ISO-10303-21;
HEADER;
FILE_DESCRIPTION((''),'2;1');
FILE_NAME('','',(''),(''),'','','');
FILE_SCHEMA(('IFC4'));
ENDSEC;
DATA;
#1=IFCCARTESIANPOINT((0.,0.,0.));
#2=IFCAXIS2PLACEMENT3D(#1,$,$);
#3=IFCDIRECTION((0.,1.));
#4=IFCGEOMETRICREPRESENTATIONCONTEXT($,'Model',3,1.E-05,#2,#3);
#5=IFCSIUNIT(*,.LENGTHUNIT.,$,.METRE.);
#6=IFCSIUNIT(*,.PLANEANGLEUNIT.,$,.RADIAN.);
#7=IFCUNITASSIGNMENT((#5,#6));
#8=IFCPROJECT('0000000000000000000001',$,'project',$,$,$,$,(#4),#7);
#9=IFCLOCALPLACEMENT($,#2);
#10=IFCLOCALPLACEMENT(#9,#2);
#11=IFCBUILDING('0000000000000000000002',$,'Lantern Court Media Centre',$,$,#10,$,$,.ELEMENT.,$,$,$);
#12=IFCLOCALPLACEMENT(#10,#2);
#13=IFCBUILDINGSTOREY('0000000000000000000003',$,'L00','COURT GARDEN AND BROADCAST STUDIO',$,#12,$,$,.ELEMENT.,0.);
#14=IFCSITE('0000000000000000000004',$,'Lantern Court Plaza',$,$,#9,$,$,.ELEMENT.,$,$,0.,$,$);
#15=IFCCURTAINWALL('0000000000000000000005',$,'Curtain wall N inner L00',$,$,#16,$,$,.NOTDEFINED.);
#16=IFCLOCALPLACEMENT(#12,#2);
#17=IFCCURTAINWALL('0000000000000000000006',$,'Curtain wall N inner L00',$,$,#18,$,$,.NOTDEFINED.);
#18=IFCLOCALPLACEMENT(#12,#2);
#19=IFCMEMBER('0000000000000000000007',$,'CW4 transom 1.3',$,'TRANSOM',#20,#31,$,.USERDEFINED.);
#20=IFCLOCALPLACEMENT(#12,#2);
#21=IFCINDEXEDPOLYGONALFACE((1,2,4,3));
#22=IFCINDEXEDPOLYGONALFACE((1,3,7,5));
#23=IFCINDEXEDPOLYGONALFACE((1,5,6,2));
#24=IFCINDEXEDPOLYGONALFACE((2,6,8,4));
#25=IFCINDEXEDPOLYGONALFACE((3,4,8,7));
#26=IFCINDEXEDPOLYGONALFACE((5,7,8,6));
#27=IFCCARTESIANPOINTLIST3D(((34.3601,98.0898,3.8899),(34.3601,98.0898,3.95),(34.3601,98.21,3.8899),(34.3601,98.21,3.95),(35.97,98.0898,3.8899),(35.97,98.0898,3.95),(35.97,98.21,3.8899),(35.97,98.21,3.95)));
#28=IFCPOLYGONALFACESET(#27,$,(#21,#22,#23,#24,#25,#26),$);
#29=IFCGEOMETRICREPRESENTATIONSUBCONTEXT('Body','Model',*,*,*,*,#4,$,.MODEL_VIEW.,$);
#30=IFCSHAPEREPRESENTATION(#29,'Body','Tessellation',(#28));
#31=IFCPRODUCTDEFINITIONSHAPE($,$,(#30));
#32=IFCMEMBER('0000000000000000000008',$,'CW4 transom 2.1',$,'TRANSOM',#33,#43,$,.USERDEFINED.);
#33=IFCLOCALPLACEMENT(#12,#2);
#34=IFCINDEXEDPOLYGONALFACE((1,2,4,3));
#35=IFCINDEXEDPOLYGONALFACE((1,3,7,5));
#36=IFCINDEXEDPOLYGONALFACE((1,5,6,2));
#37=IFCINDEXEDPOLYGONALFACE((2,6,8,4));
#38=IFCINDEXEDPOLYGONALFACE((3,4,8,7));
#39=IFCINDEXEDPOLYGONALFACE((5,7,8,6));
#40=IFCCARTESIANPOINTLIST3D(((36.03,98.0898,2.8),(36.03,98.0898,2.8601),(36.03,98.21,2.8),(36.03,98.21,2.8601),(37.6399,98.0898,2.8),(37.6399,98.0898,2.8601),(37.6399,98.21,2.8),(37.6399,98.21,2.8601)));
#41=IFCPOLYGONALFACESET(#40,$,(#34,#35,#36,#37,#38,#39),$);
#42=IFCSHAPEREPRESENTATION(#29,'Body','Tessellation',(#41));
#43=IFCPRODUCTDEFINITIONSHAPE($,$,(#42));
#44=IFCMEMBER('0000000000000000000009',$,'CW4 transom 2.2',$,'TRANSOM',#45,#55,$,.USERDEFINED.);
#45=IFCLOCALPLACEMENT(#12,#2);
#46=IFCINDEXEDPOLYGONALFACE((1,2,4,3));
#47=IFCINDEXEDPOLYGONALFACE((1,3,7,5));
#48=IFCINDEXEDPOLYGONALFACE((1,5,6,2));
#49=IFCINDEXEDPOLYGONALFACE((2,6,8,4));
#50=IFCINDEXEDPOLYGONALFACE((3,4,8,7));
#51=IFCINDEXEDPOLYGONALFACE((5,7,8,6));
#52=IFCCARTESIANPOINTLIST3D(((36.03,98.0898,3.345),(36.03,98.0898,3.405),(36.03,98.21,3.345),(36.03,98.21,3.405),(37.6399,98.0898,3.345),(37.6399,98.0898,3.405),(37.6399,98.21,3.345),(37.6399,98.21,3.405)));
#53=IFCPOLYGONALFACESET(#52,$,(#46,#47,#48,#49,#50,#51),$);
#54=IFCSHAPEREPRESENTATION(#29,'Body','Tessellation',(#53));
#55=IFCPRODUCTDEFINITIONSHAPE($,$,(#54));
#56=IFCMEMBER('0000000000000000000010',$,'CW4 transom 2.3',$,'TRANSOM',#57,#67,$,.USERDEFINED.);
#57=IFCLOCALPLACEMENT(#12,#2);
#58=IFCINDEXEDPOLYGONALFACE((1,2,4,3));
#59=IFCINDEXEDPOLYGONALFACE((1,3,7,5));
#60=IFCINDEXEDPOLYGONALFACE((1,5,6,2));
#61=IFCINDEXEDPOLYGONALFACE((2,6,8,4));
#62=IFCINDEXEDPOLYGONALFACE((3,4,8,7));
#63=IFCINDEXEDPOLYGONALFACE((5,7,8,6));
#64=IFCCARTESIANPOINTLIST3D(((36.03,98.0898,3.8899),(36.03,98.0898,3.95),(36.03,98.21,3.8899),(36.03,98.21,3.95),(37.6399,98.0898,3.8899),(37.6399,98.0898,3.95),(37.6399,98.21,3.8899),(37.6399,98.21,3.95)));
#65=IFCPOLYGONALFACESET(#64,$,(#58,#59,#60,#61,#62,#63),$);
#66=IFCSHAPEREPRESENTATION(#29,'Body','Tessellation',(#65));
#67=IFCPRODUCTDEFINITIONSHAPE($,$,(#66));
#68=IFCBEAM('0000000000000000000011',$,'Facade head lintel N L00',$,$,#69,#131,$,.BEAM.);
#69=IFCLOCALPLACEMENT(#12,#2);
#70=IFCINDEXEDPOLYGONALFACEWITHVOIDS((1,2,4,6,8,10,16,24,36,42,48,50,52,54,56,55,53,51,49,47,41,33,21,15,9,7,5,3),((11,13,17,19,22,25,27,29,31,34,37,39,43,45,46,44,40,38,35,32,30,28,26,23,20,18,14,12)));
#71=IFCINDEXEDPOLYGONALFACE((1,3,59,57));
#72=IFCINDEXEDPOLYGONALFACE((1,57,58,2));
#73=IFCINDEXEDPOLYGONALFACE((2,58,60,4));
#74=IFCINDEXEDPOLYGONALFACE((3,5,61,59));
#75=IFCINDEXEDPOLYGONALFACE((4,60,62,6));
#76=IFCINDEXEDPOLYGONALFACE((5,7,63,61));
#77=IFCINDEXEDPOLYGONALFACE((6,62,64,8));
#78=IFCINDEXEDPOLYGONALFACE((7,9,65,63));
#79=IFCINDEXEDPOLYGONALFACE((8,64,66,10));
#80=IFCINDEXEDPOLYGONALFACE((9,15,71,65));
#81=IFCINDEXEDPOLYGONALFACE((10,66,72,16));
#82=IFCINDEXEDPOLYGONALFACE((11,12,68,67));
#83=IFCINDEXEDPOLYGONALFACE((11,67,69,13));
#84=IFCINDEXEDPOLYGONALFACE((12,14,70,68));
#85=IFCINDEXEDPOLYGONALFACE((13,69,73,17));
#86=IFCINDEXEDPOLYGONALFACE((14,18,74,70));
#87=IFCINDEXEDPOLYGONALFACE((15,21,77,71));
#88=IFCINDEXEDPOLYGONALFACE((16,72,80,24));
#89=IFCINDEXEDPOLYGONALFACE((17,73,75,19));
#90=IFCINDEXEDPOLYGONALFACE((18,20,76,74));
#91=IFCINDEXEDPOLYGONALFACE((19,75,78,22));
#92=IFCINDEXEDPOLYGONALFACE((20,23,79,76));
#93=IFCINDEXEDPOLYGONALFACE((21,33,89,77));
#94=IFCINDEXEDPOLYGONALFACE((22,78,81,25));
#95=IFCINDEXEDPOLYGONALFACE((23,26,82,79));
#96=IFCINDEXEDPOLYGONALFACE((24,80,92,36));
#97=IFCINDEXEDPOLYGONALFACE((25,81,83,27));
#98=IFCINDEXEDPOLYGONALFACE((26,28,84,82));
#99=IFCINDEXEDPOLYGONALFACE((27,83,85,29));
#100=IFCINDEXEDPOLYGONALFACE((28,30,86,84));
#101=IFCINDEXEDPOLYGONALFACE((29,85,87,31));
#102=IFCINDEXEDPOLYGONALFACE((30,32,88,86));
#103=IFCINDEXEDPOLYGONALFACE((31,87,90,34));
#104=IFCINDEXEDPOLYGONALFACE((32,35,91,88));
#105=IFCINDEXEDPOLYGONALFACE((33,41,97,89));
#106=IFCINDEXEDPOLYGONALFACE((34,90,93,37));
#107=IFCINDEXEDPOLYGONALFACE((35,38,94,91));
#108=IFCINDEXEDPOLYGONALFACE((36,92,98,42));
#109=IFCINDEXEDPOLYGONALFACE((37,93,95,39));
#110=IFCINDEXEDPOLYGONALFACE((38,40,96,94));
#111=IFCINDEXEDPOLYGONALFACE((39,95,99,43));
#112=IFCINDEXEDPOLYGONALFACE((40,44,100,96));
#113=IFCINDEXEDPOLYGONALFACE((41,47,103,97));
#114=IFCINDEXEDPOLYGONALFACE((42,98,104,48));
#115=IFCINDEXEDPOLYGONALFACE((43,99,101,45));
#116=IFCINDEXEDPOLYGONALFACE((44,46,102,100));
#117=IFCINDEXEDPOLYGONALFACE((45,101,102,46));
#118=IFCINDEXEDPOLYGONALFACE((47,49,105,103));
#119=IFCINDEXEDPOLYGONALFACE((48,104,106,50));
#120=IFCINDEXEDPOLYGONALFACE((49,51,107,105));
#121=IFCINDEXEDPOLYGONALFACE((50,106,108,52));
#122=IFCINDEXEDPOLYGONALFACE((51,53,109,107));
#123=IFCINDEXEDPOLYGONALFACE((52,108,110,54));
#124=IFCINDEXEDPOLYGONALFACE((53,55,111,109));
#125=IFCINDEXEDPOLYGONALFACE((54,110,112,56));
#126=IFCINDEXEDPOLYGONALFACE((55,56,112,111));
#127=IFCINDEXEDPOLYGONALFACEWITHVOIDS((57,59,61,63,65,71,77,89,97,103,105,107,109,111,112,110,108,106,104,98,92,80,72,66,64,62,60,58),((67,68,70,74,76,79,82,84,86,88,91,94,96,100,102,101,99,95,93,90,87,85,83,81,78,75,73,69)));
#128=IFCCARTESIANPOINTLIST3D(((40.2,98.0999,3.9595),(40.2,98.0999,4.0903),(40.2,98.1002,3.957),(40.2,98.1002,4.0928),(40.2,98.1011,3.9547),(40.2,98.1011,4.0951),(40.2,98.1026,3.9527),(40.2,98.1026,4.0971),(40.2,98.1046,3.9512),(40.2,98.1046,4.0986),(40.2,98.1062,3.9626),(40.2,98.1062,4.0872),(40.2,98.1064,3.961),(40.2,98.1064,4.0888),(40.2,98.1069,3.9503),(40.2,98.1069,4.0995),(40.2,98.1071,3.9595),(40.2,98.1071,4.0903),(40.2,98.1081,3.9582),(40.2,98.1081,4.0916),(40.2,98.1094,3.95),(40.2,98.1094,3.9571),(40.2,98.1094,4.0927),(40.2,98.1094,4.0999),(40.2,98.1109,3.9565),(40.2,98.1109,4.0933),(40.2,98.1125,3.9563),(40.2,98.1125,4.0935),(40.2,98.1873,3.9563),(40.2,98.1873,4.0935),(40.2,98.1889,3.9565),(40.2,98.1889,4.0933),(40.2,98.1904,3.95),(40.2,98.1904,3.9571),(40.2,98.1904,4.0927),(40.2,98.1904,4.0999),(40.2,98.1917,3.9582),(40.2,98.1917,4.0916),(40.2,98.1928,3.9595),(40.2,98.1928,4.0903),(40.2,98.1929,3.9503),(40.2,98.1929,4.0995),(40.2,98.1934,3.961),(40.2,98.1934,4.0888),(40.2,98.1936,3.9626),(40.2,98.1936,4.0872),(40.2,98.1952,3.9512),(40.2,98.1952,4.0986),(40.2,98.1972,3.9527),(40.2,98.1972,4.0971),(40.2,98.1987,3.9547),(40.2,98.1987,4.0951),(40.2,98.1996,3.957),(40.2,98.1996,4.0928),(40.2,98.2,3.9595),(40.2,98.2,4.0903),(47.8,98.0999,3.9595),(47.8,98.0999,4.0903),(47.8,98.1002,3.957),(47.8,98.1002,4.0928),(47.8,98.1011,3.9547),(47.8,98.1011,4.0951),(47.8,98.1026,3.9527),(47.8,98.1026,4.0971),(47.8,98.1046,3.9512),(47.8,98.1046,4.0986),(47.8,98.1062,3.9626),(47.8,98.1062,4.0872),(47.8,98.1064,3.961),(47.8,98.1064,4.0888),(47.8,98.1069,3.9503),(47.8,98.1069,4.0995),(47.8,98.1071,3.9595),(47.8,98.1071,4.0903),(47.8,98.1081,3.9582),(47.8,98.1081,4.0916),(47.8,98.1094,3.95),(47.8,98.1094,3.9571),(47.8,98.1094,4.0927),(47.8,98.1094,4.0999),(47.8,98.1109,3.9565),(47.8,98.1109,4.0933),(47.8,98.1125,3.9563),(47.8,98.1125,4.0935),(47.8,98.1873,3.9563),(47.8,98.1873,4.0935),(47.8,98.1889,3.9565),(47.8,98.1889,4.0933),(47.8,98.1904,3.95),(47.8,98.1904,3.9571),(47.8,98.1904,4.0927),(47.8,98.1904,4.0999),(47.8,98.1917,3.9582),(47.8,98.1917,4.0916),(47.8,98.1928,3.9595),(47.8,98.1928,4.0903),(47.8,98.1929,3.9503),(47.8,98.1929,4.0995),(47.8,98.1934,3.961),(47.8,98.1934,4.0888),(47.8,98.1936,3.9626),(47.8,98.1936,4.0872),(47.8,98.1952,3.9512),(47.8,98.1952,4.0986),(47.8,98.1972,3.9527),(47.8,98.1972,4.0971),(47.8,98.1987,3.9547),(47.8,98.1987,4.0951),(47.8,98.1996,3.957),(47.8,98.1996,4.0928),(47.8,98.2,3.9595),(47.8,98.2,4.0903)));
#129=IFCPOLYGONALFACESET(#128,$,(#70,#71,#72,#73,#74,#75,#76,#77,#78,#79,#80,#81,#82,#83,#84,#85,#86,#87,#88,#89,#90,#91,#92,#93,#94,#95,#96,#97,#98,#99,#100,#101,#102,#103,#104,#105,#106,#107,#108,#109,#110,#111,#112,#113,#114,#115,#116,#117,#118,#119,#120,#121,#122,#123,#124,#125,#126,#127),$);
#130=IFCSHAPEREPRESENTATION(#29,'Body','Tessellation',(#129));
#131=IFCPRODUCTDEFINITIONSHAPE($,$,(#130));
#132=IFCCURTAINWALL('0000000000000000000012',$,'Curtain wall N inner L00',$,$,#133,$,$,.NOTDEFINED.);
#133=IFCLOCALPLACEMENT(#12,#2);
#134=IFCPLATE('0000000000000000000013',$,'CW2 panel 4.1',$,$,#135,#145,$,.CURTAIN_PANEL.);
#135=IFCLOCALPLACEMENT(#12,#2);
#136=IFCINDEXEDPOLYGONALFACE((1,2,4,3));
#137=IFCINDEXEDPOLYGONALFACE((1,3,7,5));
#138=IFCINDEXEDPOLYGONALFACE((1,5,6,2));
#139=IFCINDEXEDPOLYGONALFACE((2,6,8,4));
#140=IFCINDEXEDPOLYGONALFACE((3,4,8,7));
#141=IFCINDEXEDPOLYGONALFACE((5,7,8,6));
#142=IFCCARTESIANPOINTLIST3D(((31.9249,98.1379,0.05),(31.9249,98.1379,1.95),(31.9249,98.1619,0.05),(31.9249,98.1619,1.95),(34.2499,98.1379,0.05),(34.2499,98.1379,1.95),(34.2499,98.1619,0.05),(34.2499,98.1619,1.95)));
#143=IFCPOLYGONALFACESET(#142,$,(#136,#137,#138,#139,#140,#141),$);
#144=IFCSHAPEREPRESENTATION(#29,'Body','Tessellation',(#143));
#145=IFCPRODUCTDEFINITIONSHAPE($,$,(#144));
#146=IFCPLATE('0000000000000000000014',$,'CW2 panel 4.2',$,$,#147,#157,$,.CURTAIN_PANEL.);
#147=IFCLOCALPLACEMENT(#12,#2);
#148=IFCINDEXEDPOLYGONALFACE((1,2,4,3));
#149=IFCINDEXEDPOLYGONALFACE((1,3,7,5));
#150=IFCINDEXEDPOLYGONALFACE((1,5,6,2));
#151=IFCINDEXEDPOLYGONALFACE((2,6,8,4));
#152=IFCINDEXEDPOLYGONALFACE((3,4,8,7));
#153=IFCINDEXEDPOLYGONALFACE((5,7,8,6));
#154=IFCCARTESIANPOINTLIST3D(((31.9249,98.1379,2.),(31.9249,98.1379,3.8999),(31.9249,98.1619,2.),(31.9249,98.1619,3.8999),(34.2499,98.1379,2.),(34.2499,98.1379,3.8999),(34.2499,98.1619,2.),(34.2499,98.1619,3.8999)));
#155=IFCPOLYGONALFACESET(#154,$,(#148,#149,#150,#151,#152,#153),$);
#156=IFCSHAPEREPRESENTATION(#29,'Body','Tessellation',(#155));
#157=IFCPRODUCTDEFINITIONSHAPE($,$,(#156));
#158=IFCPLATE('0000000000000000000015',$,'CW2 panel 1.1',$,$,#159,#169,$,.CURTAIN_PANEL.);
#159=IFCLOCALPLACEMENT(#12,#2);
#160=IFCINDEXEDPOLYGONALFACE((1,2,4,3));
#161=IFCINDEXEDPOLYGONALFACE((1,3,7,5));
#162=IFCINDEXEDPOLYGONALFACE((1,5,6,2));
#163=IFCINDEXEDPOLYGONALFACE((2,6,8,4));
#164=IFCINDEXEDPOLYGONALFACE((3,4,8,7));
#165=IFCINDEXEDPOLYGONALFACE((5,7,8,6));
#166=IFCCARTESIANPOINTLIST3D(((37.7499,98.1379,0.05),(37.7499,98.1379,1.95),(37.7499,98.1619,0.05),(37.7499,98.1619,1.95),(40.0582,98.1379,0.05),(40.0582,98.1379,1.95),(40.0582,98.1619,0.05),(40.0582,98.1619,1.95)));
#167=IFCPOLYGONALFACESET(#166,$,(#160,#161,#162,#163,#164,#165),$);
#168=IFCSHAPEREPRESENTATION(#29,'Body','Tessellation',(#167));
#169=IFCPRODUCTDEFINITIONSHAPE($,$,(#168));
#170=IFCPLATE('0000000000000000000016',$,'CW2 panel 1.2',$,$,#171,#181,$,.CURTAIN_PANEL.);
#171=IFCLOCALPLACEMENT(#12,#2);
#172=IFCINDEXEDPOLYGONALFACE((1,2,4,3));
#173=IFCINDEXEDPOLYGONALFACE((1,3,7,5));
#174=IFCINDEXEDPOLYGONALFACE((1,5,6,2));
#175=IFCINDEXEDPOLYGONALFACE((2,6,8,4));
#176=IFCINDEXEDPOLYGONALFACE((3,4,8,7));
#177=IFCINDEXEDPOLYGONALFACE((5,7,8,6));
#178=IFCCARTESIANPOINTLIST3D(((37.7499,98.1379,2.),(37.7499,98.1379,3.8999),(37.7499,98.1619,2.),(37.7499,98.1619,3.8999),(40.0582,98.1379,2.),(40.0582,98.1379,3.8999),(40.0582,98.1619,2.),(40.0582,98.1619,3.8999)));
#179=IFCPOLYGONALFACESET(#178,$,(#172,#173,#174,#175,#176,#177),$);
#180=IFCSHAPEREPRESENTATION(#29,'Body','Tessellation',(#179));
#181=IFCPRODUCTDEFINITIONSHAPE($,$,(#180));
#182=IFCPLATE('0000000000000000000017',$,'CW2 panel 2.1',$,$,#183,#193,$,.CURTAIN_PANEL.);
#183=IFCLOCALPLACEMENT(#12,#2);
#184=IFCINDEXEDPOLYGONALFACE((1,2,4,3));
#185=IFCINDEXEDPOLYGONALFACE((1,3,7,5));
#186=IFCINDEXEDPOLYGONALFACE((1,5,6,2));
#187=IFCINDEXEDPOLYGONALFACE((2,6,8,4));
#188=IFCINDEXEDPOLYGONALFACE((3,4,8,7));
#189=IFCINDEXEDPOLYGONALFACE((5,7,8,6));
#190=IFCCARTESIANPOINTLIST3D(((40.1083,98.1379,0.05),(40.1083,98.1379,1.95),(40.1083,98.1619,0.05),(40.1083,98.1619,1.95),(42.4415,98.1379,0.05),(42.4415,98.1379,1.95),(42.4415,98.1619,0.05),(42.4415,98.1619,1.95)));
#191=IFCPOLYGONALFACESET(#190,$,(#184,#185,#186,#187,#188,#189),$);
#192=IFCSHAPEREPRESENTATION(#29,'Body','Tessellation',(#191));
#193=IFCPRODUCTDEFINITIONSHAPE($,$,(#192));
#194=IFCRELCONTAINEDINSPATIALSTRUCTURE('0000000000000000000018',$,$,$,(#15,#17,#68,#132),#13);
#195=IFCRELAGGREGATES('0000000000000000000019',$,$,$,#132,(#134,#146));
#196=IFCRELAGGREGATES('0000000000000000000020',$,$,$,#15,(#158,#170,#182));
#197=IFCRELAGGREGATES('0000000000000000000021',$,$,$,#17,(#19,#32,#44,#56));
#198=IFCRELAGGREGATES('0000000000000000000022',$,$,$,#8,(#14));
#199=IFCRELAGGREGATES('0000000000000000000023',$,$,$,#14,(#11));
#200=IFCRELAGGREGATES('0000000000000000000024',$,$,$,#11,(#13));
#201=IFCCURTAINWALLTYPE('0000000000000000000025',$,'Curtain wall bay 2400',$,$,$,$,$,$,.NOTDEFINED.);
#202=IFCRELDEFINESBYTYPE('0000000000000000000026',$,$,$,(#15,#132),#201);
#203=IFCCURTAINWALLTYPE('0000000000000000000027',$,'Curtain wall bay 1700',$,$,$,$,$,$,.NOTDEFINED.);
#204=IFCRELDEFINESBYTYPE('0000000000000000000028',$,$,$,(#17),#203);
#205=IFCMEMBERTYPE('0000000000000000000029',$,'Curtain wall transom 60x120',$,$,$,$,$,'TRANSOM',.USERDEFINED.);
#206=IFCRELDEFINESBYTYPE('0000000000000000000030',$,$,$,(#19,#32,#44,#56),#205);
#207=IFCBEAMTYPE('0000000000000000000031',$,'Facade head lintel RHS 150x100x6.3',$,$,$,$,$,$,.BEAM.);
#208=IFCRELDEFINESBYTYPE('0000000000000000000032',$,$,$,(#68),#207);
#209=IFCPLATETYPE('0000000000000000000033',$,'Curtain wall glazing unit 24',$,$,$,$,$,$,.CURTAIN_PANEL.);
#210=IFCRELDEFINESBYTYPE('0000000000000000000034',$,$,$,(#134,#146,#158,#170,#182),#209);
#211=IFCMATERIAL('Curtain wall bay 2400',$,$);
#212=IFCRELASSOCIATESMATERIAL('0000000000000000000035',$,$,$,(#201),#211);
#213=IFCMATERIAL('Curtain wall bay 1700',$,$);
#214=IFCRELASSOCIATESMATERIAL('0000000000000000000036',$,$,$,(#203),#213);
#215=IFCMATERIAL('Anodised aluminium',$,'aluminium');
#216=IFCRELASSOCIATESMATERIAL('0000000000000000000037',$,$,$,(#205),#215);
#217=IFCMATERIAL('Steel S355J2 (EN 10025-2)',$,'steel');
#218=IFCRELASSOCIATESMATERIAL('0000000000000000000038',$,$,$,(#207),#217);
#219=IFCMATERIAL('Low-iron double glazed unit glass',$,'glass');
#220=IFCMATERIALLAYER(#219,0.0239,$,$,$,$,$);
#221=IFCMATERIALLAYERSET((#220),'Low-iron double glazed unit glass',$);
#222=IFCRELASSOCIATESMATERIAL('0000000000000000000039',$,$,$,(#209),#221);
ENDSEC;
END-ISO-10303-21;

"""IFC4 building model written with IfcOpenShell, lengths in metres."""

from ifc_helpers import new_model, si_unit, direction, frame, origin, origin_2d, place, context, subcontext, project, spatial, rectangle, hollow_rectangle, extrude, material, layer, layer_set, material_profile, profile_set, type_object, element, aggregate, save


model = new_model("IFC4")

# Units and contexts
model_context = context("Model", 3, precision=1e-05, world=origin(), true_north=direction((0.0, 1.0)))
body_context = subcontext(model_context, "Body", "Model", "MODEL_VIEW")
ifc_project = project(units=[si_unit("LENGTHUNIT", "METRE"), si_unit("PLANEANGLEUNIT", "RADIAN")], contexts=[model_context])

# Site, building, storey
site_placement = place(None, origin())
site = spatial("IfcSite", under=ifc_project, at=site_placement, Name="Lantern Court Plaza", CompositionType="ELEMENT", RefElevation=0.0)
building_placement = place(site_placement, origin())
building = spatial("IfcBuilding", under=site, at=building_placement, Name="Lantern Court Media Centre", CompositionType="ELEMENT")
storey_placement = place(building_placement, origin())
storey = spatial("IfcBuildingStorey", under=building, at=storey_placement, Name="L00", Description="COURT GARDEN AND BROADCAST STUDIO", CompositionType="ELEMENT", Elevation=0.0)

# Curtain wall
ifc_material_1 = material(Name="Curtain wall bay 2400")
curtain_wall_type_1 = type_object("IfcCurtainWallType", Name="Curtain wall bay 2400", PredefinedType="NOTDEFINED", material=ifc_material_1)
curtain_wall_1_placement = place(storey_placement, origin())
curtain_wall_1 = element("IfcCurtainWall", 1, at=curtain_wall_1_placement, inside=storey, type_object=curtain_wall_type_1, Name="Curtain wall N inner L00", PredefinedType="NOTDEFINED")
ifc_material_2 = material(Name="Anodised aluminium", Category="aluminium")

# Curtain wall
ifc_material_3 = material(Name="Curtain wall bay 1700")
curtain_wall_type_2 = type_object("IfcCurtainWallType", Name="Curtain wall bay 1700", PredefinedType="NOTDEFINED", material=ifc_material_3)
curtain_wall_2_placement = place(storey_placement, origin())
curtain_wall_2 = element("IfcCurtainWall", 2, at=curtain_wall_2_placement, inside=storey, type_object=curtain_wall_type_2, Name="Curtain wall N inner L00", PredefinedType="NOTDEFINED")

# Members
ifc_material_profile_1 = material_profile(ifc_material_2, rectangle(XDim=0.1201, YDim=0.0601, at=origin_2d()), Name="AL 60x120")
ifc_profile_set_1 = profile_set([ifc_material_profile_1], Name="Anodised aluminium")
member_type_1 = type_object("IfcMemberType", Name="Curtain wall transom 60x120", ElementType="TRANSOM", PredefinedType="USERDEFINED", material=ifc_profile_set_1)
member_1_placement = place(storey_placement, frame((34.3601, 98.1499, 3.9199), z_axis=(1.0, 0.0, 0.0), x_axis=(0.0, 1.0, 0.0)))
member_1 = element("IfcMember", 3, at=member_1_placement, type_object=member_type_1, Name="CW4 transom 1.3", ObjectType="TRANSOM", PredefinedType="USERDEFINED", context=body_context, shape_type="SweptSolid", body=[
    extrude(rectangle(XDim=0.1201, YDim=0.0601, at=origin_2d()), origin(), (0.0, 0.0, 1.0), 1.6099),
])
member_2_placement = place(storey_placement, frame((36.03, 98.1499, 2.8301), z_axis=(1.0, 0.0, 0.0), x_axis=(0.0, 1.0, 0.0)))
member_2 = element("IfcMember", 4, at=member_2_placement, type_object=member_type_1, Name="CW4 transom 2.1", ObjectType="TRANSOM", PredefinedType="USERDEFINED", context=body_context, shape_type="SweptSolid", body=[
    extrude(rectangle(XDim=0.1201, YDim=0.0601, at=origin_2d()), origin(), (0.0, 0.0, 1.0), 1.6099),
])
member_3_placement = place(storey_placement, frame((36.03, 98.1499, 3.375), z_axis=(1.0, 0.0, 0.0), x_axis=(0.0, 1.0, 0.0)))
member_3 = element("IfcMember", 5, at=member_3_placement, type_object=member_type_1, Name="CW4 transom 2.2", ObjectType="TRANSOM", PredefinedType="USERDEFINED", context=body_context, shape_type="SweptSolid", body=[
    extrude(rectangle(XDim=0.1201, YDim=0.0601, at=origin_2d()), origin(), (0.0, 0.0, 1.0), 1.6099),
])
member_4_placement = place(storey_placement, frame((36.03, 98.1499, 3.9199), z_axis=(1.0, 0.0, 0.0), x_axis=(0.0, 1.0, 0.0)))
member_4 = element("IfcMember", 6, at=member_4_placement, type_object=member_type_1, Name="CW4 transom 2.3", ObjectType="TRANSOM", PredefinedType="USERDEFINED", context=body_context, shape_type="SweptSolid", body=[
    extrude(rectangle(XDim=0.1201, YDim=0.0601, at=origin_2d()), origin(), (0.0, 0.0, 1.0), 1.6099),
])

# Beam
ifc_material_4 = material(Name="Steel S355J2 (EN 10025-2)", Category="steel")
ifc_material_profile_2 = material_profile(ifc_material_4, hollow_rectangle(XDim=0.1001, YDim=0.1499, WallThickness=0.0063, InnerFilletRadius=0.0063, OuterFilletRadius=0.0095, at=origin_2d()), Name="Facade head lintel RHS 150x100x6.3")
ifc_profile_set_2 = profile_set([ifc_material_profile_2], Name="Steel S355J2 (EN 10025-2)")
beam_type = type_object("IfcBeamType", Name="Facade head lintel RHS 150x100x6.3", PredefinedType="BEAM", material=ifc_profile_set_2)
beam_placement = place(storey_placement, frame((40.2, 98.1499, 4.0249), z_axis=(1.0, 0.0, 0.0), x_axis=(0.0, 1.0, 0.0)))
element("IfcBeam", 7, at=beam_placement, inside=storey, type_object=beam_type, Name="Facade head lintel N L00", PredefinedType="BEAM", context=body_context, shape_type="SweptSolid", body=[
    extrude(hollow_rectangle(XDim=0.1001, YDim=0.1499, WallThickness=0.0063, InnerFilletRadius=0.0063, OuterFilletRadius=0.0095, at=origin_2d()), origin(), (0.0, 0.0, 1.0), 7.6001),
])

# Curtain wall, plates
curtain_wall_3_placement = place(storey_placement, origin())
curtain_wall_3 = element("IfcCurtainWall", 8, at=curtain_wall_3_placement, inside=storey, type_object=curtain_wall_type_1, Name="Curtain wall N inner L00", PredefinedType="NOTDEFINED")
ifc_material_5 = material(Name="Low-iron double glazed unit glass", Category="glass")
ifc_layer_1 = layer(ifc_material_5, 0.0239)
ifc_layer_set_1 = layer_set([ifc_layer_1], Name="Low-iron double glazed unit glass")
plate_type_1 = type_object("IfcPlateType", Name="Curtain wall glazing unit 24", PredefinedType="CURTAIN_PANEL", material=ifc_layer_set_1)
plate_1_placement = place(storey_placement, frame((33.0874, 98.1499, 0.05), z_axis=(0.0, 0.0, 1.0), x_axis=(1.0, 0.0, 0.0)))
plate_1 = element("IfcPlate", 9, at=plate_1_placement, type_object=plate_type_1, Name="CW2 panel 4.1", PredefinedType="CURTAIN_PANEL", context=body_context, shape_type="SweptSolid", body=[
    extrude(rectangle(XDim=2.325, YDim=0.0239, at=origin_2d()), origin(), (0.0, 0.0, 1.0), 1.8999),
])
plate_2_placement = place(storey_placement, frame((33.0874, 98.1499, 2.0), z_axis=(0.0, 0.0, 1.0), x_axis=(1.0, 0.0, 0.0)))
plate_2 = element("IfcPlate", 10, at=plate_2_placement, type_object=plate_type_1, Name="CW2 panel 4.2", PredefinedType="CURTAIN_PANEL", context=body_context, shape_type="SweptSolid", body=[
    extrude(rectangle(XDim=2.325, YDim=0.0239, at=origin_2d()), origin(), (0.0, 0.0, 1.0), 1.8999),
])
aggregate(curtain_wall_3, [plate_1, plate_2])

# Plates
plate_3_placement = place(storey_placement, frame((38.9041, 98.1499, 0.05), z_axis=(0.0, 0.0, 1.0), x_axis=(1.0, 0.0, 0.0)))
plate_3 = element("IfcPlate", 11, at=plate_3_placement, type_object=plate_type_1, Name="CW2 panel 1.1", PredefinedType="CURTAIN_PANEL", context=body_context, shape_type="SweptSolid", body=[
    extrude(rectangle(XDim=2.3083, YDim=0.0239, at=origin_2d()), origin(), (0.0, 0.0, 1.0), 1.8999),
])
plate_4_placement = place(storey_placement, frame((38.9041, 98.1499, 2.0), z_axis=(0.0, 0.0, 1.0), x_axis=(1.0, 0.0, 0.0)))
plate_4 = element("IfcPlate", 12, at=plate_4_placement, type_object=plate_type_1, Name="CW2 panel 1.2", PredefinedType="CURTAIN_PANEL", context=body_context, shape_type="SweptSolid", body=[
    extrude(rectangle(XDim=2.3083, YDim=0.0239, at=origin_2d()), origin(), (0.0, 0.0, 1.0), 1.8999),
])
plate_5_placement = place(storey_placement, frame((41.2749, 98.1499, 0.05), z_axis=(0.0, 0.0, 1.0), x_axis=(1.0, 0.0, 0.0)))
plate_5 = element("IfcPlate", 13, at=plate_5_placement, type_object=plate_type_1, Name="CW2 panel 2.1", PredefinedType="CURTAIN_PANEL", context=body_context, shape_type="SweptSolid", body=[
    extrude(rectangle(XDim=2.3333, YDim=0.0239, at=origin_2d()), origin(), (0.0, 0.0, 1.0), 1.8999),
])
aggregate(curtain_wall_1, [plate_3, plate_4, plate_5])
aggregate(curtain_wall_2, [member_1, member_2, member_3, member_4])

save(model, "model.ifc")
